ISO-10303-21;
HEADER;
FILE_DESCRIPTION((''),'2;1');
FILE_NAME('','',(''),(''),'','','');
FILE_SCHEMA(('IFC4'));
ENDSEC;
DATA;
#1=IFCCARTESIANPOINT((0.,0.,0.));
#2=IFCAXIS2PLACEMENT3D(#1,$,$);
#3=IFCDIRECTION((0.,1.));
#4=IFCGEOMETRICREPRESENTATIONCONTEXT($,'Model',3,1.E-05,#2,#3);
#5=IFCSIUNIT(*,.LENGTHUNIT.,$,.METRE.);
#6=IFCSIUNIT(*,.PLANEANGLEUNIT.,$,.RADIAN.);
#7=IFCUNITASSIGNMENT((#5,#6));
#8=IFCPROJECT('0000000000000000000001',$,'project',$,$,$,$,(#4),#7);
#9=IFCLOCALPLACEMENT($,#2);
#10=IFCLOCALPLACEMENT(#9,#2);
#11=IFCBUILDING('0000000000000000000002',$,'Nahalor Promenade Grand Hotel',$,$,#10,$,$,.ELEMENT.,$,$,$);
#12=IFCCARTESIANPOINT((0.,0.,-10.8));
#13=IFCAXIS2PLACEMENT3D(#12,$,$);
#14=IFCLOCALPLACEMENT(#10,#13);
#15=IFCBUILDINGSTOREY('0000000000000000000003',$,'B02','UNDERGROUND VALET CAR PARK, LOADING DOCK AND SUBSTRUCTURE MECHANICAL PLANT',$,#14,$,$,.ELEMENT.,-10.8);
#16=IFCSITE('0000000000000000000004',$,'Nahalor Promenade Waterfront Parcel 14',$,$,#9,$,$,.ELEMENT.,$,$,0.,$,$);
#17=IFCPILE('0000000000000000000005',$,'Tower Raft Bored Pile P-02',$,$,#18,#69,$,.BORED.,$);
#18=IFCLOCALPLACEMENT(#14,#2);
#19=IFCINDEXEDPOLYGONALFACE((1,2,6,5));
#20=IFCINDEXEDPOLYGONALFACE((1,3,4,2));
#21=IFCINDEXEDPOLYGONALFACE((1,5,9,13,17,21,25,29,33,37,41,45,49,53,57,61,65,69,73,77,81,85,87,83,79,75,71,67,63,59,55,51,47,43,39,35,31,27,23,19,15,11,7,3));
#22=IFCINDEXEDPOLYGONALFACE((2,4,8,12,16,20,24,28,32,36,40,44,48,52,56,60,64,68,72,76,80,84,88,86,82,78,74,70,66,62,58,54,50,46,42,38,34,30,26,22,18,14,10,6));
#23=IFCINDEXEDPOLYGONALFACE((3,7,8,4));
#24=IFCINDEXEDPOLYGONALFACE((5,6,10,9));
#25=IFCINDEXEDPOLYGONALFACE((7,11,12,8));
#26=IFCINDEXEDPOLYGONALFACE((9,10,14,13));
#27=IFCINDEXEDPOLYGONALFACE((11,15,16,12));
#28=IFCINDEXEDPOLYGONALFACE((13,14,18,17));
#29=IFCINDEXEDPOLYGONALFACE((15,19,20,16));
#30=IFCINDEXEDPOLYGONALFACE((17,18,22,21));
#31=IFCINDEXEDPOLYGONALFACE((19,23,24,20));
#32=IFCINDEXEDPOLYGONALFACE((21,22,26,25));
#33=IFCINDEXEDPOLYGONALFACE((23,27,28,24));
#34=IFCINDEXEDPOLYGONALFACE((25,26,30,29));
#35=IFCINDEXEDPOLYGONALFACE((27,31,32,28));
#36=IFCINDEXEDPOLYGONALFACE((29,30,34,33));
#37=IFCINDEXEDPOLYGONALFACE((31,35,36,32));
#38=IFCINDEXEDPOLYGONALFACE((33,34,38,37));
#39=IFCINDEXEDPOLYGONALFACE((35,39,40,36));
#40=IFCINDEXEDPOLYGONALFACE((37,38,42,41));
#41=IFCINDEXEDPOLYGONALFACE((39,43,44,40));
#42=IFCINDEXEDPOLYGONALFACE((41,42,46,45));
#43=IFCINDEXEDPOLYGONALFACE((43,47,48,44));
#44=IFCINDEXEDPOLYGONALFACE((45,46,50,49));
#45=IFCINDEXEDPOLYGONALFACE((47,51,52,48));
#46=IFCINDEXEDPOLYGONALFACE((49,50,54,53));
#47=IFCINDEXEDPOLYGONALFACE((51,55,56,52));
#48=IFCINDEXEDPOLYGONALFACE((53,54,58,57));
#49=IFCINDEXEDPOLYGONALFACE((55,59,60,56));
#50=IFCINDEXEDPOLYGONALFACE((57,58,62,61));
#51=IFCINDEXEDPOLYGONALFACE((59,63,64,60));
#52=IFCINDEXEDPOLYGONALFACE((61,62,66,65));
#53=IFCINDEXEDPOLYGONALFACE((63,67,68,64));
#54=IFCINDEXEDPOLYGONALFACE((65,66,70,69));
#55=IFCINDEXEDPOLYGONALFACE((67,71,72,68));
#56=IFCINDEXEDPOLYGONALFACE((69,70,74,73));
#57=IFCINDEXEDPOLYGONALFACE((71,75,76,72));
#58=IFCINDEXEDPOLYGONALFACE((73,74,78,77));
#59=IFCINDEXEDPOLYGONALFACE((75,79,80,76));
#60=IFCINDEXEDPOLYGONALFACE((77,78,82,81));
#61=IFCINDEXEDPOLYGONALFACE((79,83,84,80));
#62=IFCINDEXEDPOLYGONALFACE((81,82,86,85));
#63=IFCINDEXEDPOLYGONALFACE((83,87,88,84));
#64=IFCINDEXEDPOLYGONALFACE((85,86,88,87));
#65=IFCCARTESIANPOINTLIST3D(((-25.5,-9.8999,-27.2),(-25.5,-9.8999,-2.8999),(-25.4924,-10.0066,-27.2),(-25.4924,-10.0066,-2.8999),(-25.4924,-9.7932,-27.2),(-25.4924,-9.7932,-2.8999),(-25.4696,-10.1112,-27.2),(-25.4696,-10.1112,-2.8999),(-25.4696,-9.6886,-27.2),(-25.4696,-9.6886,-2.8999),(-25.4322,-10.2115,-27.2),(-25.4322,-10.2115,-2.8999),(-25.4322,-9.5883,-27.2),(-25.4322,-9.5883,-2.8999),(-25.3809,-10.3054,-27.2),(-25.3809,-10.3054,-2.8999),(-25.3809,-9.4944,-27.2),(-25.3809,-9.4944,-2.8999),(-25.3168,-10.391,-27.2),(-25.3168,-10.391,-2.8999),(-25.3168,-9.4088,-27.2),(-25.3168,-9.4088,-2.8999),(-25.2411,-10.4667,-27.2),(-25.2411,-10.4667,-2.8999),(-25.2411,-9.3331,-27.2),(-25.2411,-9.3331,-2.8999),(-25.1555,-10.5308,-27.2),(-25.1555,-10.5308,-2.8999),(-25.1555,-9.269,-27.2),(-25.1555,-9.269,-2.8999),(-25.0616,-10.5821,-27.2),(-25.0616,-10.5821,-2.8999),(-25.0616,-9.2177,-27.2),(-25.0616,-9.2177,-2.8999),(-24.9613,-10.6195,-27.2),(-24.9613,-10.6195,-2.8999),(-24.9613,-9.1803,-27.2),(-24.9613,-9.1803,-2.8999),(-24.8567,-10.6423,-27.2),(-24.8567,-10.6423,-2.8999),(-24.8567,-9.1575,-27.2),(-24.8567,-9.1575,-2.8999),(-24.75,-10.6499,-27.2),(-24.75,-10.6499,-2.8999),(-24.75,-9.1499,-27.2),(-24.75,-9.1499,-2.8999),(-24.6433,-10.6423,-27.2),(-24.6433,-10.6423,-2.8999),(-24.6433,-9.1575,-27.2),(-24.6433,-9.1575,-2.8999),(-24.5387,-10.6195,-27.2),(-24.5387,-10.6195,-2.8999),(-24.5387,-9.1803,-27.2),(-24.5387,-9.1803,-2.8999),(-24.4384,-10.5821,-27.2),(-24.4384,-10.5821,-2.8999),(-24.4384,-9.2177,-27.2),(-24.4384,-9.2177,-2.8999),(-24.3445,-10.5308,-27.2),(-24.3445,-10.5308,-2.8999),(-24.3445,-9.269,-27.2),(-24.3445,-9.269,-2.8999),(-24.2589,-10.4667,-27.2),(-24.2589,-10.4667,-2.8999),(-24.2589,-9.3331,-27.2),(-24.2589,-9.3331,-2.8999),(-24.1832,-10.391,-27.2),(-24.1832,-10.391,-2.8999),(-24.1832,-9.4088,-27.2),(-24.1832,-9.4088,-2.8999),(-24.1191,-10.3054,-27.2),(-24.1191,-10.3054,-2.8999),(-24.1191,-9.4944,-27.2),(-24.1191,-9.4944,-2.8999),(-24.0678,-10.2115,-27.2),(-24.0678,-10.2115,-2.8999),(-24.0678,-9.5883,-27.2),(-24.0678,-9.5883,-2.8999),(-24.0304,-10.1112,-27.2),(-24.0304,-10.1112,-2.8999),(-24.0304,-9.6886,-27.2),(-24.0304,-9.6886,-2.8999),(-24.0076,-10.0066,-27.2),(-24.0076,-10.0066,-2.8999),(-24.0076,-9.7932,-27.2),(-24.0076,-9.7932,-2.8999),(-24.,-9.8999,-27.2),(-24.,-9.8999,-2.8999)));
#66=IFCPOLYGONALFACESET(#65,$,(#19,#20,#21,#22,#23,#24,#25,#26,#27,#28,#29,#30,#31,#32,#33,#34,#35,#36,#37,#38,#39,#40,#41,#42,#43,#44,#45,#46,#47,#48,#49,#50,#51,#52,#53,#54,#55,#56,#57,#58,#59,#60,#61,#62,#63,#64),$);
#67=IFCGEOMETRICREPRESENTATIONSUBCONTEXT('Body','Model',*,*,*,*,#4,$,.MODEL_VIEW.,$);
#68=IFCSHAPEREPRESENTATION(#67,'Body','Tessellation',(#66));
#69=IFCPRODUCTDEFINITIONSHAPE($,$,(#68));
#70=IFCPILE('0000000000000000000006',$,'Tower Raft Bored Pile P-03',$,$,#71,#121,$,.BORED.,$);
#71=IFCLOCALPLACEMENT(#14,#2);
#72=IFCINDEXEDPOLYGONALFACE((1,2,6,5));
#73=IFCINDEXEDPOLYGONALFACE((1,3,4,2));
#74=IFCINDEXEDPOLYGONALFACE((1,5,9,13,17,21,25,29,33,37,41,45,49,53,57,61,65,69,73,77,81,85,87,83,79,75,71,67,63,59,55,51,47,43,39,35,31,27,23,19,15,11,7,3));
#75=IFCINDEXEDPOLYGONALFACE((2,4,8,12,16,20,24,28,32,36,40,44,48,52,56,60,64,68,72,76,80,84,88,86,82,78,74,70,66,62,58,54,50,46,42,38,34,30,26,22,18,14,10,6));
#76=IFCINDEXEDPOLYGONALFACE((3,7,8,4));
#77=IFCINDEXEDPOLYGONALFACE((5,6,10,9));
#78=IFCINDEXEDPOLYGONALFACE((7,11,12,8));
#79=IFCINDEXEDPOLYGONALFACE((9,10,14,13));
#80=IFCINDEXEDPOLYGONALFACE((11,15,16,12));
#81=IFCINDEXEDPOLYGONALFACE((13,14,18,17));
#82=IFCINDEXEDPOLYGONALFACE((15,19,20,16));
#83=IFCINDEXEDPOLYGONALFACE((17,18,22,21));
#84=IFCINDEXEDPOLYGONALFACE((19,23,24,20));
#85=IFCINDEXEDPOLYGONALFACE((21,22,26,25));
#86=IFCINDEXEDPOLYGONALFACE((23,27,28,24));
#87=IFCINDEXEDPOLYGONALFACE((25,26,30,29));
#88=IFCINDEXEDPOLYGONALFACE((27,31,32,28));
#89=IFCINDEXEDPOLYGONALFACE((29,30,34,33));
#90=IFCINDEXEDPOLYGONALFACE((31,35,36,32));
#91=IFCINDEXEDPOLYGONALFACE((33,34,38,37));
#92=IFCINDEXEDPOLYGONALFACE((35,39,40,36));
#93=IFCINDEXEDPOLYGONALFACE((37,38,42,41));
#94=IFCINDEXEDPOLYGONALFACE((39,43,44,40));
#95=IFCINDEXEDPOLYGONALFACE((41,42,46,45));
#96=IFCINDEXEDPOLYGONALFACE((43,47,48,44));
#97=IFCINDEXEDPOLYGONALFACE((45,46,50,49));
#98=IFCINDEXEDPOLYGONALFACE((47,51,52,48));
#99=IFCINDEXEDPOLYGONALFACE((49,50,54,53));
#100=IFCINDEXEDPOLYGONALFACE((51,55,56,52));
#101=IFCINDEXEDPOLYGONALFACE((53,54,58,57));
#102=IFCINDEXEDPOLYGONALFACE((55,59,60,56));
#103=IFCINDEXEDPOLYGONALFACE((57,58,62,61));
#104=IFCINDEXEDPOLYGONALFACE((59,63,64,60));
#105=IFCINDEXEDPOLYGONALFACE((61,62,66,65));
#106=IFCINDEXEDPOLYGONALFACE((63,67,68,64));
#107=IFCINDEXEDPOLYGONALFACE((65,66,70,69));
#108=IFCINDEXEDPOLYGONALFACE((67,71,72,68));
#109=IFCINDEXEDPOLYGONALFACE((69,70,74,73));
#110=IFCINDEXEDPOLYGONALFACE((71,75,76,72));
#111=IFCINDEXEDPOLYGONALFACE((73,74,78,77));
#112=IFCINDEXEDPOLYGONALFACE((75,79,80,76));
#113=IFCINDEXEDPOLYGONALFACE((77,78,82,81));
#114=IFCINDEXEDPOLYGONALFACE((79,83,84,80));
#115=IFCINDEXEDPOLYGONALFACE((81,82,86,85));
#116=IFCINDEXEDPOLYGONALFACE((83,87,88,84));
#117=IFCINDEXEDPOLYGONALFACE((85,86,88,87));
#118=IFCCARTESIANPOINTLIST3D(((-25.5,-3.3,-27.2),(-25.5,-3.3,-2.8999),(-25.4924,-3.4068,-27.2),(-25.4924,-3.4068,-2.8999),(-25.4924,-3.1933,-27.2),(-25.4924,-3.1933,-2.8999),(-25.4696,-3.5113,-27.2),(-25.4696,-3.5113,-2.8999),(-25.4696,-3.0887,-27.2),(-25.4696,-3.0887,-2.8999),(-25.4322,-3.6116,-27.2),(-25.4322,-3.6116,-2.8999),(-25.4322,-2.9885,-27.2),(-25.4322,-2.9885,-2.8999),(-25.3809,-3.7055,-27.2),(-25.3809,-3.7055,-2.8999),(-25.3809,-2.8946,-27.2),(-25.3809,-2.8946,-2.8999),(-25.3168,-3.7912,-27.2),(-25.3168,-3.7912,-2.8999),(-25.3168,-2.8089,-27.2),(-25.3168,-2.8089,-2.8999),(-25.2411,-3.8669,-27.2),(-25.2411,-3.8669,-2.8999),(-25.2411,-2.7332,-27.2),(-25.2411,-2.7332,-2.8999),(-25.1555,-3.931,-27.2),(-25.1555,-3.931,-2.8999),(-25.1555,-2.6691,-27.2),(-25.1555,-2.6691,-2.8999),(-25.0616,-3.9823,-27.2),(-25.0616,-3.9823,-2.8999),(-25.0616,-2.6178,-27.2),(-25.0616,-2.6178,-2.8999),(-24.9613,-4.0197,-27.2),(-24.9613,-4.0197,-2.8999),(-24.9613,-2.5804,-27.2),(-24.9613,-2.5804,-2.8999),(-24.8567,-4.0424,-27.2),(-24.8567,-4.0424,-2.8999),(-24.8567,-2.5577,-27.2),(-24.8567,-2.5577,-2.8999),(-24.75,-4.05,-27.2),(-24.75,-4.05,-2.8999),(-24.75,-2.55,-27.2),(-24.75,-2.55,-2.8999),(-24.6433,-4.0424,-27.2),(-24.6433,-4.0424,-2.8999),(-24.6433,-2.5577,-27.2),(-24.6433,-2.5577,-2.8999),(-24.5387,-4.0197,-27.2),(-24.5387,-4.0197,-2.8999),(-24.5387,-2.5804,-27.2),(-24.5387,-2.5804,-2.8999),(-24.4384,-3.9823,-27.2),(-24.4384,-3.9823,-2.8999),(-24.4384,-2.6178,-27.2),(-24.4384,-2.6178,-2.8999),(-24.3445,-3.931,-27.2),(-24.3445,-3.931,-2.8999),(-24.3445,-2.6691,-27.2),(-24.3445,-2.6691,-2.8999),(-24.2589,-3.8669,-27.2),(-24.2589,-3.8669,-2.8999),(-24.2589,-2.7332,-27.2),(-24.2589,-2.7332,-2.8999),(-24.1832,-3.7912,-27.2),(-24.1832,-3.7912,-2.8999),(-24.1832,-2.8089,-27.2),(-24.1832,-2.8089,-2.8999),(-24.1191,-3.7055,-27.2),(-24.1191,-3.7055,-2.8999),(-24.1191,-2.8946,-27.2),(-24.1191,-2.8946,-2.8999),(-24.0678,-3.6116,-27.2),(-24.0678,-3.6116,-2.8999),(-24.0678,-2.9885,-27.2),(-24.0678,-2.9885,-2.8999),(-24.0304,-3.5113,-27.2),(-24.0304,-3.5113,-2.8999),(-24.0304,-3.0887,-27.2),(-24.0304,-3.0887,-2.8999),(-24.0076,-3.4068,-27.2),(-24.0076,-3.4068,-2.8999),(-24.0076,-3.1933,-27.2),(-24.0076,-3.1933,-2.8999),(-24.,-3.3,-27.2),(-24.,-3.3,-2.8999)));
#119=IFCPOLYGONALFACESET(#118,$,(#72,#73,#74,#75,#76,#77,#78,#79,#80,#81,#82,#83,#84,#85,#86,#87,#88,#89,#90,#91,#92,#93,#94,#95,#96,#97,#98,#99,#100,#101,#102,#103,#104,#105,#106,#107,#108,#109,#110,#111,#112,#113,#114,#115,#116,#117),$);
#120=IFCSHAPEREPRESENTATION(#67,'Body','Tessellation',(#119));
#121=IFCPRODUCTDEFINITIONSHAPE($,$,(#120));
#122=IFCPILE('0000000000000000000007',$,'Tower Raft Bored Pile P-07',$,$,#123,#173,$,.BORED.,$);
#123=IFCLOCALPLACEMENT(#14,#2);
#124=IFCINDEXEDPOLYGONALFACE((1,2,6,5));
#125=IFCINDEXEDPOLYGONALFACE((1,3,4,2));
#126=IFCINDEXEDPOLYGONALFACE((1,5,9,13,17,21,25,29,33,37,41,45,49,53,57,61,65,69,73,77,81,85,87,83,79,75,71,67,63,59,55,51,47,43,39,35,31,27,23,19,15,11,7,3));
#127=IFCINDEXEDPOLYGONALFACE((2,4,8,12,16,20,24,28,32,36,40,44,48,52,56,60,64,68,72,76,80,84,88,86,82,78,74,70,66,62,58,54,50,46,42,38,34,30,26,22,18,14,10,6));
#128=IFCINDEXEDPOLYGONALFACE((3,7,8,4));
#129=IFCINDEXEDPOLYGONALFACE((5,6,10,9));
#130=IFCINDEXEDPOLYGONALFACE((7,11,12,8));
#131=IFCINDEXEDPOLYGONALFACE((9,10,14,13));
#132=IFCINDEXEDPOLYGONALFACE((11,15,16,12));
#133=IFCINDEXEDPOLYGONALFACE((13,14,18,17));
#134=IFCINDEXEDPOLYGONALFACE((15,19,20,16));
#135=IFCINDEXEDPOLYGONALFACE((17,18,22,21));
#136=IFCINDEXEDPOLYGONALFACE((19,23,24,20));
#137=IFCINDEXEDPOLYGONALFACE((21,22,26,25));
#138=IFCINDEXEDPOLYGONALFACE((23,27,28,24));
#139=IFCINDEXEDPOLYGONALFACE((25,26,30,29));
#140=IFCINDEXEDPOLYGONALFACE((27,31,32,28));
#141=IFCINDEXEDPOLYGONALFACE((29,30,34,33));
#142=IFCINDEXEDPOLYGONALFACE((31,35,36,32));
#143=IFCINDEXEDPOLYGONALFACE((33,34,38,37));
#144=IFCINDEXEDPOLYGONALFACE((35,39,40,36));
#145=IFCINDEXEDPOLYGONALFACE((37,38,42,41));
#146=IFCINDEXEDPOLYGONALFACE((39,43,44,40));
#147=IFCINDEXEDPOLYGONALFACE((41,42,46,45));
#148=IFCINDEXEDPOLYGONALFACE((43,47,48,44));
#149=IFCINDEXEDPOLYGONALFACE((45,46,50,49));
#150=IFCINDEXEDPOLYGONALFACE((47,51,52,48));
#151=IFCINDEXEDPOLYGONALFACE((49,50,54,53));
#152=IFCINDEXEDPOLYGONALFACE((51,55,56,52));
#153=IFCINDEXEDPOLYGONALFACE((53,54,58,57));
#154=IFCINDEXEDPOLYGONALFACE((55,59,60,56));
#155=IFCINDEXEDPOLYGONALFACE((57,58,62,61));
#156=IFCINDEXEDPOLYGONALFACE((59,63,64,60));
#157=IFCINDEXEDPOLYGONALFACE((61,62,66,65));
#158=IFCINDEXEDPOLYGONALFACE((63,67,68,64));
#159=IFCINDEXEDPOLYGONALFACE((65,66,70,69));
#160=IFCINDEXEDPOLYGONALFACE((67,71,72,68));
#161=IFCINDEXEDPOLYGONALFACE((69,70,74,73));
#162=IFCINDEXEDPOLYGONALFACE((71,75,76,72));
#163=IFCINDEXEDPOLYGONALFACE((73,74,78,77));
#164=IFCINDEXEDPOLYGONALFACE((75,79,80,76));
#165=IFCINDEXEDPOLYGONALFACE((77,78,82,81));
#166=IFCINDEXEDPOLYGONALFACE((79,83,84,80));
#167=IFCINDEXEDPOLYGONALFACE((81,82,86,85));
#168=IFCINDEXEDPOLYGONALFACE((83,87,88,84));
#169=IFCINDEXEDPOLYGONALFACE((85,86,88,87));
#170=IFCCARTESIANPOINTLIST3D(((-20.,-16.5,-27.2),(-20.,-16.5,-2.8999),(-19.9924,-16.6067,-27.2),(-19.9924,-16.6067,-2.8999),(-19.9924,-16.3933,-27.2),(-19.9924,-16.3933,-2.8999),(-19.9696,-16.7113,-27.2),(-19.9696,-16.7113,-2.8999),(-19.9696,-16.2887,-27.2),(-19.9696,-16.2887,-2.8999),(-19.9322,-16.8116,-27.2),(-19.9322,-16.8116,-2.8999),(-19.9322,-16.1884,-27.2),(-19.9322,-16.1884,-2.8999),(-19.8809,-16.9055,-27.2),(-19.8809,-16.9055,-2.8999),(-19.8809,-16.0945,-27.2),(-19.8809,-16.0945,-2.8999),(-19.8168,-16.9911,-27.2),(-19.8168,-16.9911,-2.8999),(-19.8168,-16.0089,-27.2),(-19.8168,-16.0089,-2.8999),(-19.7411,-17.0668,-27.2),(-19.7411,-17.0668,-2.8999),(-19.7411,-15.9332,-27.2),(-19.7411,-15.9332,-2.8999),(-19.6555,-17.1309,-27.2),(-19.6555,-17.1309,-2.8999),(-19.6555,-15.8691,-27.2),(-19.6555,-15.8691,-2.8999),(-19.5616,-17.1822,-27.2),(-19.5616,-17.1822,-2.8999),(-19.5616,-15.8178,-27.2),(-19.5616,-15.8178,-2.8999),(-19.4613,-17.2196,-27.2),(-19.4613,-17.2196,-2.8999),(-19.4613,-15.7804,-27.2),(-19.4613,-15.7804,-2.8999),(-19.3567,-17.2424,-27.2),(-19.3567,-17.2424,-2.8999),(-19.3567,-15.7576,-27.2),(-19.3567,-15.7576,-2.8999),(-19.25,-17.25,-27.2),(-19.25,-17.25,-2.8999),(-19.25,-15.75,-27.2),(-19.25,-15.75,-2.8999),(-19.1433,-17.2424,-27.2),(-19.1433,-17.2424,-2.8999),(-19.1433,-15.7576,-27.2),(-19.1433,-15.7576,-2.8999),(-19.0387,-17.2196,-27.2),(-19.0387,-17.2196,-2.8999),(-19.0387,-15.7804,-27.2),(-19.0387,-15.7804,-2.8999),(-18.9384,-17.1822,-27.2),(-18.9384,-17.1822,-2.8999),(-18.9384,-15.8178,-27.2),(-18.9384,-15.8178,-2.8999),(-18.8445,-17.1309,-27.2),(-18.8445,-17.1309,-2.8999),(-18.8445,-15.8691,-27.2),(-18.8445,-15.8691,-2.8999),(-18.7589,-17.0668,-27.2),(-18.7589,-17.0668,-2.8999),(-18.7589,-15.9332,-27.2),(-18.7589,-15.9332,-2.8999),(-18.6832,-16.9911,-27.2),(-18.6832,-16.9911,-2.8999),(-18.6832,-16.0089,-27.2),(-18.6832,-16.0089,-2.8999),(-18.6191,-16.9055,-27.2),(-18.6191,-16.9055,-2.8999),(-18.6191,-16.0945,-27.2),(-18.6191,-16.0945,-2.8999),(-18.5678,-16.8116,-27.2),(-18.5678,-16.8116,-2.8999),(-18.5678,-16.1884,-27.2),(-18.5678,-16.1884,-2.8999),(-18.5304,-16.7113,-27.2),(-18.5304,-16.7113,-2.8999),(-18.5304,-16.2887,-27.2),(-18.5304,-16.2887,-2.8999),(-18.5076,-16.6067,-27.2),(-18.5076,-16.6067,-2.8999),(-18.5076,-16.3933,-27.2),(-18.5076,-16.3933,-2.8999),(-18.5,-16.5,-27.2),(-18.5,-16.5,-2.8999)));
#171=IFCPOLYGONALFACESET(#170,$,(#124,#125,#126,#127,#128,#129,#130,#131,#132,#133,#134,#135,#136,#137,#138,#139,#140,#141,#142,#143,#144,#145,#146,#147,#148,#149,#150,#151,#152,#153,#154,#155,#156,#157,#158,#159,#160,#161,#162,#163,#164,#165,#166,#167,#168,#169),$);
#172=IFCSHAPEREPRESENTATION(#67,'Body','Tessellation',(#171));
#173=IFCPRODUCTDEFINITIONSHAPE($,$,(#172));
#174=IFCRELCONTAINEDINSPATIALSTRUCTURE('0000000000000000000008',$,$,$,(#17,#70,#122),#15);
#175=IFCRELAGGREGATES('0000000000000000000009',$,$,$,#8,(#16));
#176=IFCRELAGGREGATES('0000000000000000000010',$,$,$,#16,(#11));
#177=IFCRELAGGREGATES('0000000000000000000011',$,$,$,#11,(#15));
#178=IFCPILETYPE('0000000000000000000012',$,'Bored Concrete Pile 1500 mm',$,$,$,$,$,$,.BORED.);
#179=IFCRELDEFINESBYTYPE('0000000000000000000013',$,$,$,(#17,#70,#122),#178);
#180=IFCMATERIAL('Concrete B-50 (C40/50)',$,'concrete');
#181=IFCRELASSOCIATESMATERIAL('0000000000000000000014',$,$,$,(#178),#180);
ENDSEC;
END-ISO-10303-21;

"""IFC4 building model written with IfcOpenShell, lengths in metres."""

from ifc_helpers import new_model, si_unit, direction, frame, origin, origin_2d, place, context, subcontext, project, spatial, circle, extrude, source, transform, mapped, material, material_profile, profile_set, type_object, element, save


model = new_model("IFC4")

# Units and contexts
model_context = context("Model", 3, precision=1e-05, world=origin(), true_north=direction((0.0, 1.0)))
body_context = subcontext(model_context, "Body", "Model", "MODEL_VIEW")
ifc_project = project(units=[si_unit("LENGTHUNIT", "METRE"), si_unit("PLANEANGLEUNIT", "RADIAN")], contexts=[model_context])

# Site, building, storey
site_placement = place(None, origin())
site = spatial("IfcSite", under=ifc_project, at=site_placement, Name="Nahalor Promenade Waterfront Parcel 14", CompositionType="ELEMENT", RefElevation=0.0)
building_placement = place(site_placement, origin())
building = spatial("IfcBuilding", under=site, at=building_placement, Name="Nahalor Promenade Grand Hotel", CompositionType="ELEMENT")
storey_placement = place(building_placement, frame((0.0, 0.0, -10.8)))
storey = spatial("IfcBuildingStorey", under=building, at=storey_placement, Name="B02", Description="UNDERGROUND VALET CAR PARK, LOADING DOCK AND SUBSTRUCTURE MECHANICAL PLANT", CompositionType="ELEMENT", Elevation=-10.8)

# Piles
ifc_material_1 = material(Name="Concrete B-50 (C40/50)", Category="concrete")
ifc_material_profile_1 = material_profile(ifc_material_1, circle(Radius=0.75, at=origin_2d()), Name="PILE D1500")
ifc_profile_set_1 = profile_set([ifc_material_profile_1], Name="Concrete B-50 (C40/50)")
pile_type_1 = type_object("IfcPileType", Name="Bored Concrete Pile 1500 mm", PredefinedType="BORED", material=ifc_profile_set_1)
shared_shape_1 = source(origin(), body_context, "Body", "SweptSolid", [
    extrude(circle(Radius=0.75, at=origin_2d()), origin(), (0.0, 0.0, 1.0), 24.3),
])
for number, where, z_axis, x_axis, name in (
    (1, (-24.75, -9.8999, -2.8999), (0.0, 0.0, -1.0), (1.0, 0.0, 0.0), "Tower Raft Bored Pile P-02"),
    (2, (-24.75, -3.3, -2.8999), (0.0, 0.0, -1.0), (1.0, 0.0, 0.0), "Tower Raft Bored Pile P-03"),
    (3, (-19.25, -16.5, -2.8999), (0.0, 0.0, -1.0), (1.0, 0.0, 0.0), "Tower Raft Bored Pile P-07"),
):
    element("IfcPile", number, at=place(storey_placement, frame(where, z_axis=z_axis, x_axis=x_axis)), inside=storey, type_object=pile_type_1, Name=name, PredefinedType="BORED", context=body_context, shape_type="MappedRepresentation", body=[
        mapped(shared_shape_1, transform((0.0, 0.0, 0.0), scale=1.0)),
    ])

save(model, "model.ifc")
